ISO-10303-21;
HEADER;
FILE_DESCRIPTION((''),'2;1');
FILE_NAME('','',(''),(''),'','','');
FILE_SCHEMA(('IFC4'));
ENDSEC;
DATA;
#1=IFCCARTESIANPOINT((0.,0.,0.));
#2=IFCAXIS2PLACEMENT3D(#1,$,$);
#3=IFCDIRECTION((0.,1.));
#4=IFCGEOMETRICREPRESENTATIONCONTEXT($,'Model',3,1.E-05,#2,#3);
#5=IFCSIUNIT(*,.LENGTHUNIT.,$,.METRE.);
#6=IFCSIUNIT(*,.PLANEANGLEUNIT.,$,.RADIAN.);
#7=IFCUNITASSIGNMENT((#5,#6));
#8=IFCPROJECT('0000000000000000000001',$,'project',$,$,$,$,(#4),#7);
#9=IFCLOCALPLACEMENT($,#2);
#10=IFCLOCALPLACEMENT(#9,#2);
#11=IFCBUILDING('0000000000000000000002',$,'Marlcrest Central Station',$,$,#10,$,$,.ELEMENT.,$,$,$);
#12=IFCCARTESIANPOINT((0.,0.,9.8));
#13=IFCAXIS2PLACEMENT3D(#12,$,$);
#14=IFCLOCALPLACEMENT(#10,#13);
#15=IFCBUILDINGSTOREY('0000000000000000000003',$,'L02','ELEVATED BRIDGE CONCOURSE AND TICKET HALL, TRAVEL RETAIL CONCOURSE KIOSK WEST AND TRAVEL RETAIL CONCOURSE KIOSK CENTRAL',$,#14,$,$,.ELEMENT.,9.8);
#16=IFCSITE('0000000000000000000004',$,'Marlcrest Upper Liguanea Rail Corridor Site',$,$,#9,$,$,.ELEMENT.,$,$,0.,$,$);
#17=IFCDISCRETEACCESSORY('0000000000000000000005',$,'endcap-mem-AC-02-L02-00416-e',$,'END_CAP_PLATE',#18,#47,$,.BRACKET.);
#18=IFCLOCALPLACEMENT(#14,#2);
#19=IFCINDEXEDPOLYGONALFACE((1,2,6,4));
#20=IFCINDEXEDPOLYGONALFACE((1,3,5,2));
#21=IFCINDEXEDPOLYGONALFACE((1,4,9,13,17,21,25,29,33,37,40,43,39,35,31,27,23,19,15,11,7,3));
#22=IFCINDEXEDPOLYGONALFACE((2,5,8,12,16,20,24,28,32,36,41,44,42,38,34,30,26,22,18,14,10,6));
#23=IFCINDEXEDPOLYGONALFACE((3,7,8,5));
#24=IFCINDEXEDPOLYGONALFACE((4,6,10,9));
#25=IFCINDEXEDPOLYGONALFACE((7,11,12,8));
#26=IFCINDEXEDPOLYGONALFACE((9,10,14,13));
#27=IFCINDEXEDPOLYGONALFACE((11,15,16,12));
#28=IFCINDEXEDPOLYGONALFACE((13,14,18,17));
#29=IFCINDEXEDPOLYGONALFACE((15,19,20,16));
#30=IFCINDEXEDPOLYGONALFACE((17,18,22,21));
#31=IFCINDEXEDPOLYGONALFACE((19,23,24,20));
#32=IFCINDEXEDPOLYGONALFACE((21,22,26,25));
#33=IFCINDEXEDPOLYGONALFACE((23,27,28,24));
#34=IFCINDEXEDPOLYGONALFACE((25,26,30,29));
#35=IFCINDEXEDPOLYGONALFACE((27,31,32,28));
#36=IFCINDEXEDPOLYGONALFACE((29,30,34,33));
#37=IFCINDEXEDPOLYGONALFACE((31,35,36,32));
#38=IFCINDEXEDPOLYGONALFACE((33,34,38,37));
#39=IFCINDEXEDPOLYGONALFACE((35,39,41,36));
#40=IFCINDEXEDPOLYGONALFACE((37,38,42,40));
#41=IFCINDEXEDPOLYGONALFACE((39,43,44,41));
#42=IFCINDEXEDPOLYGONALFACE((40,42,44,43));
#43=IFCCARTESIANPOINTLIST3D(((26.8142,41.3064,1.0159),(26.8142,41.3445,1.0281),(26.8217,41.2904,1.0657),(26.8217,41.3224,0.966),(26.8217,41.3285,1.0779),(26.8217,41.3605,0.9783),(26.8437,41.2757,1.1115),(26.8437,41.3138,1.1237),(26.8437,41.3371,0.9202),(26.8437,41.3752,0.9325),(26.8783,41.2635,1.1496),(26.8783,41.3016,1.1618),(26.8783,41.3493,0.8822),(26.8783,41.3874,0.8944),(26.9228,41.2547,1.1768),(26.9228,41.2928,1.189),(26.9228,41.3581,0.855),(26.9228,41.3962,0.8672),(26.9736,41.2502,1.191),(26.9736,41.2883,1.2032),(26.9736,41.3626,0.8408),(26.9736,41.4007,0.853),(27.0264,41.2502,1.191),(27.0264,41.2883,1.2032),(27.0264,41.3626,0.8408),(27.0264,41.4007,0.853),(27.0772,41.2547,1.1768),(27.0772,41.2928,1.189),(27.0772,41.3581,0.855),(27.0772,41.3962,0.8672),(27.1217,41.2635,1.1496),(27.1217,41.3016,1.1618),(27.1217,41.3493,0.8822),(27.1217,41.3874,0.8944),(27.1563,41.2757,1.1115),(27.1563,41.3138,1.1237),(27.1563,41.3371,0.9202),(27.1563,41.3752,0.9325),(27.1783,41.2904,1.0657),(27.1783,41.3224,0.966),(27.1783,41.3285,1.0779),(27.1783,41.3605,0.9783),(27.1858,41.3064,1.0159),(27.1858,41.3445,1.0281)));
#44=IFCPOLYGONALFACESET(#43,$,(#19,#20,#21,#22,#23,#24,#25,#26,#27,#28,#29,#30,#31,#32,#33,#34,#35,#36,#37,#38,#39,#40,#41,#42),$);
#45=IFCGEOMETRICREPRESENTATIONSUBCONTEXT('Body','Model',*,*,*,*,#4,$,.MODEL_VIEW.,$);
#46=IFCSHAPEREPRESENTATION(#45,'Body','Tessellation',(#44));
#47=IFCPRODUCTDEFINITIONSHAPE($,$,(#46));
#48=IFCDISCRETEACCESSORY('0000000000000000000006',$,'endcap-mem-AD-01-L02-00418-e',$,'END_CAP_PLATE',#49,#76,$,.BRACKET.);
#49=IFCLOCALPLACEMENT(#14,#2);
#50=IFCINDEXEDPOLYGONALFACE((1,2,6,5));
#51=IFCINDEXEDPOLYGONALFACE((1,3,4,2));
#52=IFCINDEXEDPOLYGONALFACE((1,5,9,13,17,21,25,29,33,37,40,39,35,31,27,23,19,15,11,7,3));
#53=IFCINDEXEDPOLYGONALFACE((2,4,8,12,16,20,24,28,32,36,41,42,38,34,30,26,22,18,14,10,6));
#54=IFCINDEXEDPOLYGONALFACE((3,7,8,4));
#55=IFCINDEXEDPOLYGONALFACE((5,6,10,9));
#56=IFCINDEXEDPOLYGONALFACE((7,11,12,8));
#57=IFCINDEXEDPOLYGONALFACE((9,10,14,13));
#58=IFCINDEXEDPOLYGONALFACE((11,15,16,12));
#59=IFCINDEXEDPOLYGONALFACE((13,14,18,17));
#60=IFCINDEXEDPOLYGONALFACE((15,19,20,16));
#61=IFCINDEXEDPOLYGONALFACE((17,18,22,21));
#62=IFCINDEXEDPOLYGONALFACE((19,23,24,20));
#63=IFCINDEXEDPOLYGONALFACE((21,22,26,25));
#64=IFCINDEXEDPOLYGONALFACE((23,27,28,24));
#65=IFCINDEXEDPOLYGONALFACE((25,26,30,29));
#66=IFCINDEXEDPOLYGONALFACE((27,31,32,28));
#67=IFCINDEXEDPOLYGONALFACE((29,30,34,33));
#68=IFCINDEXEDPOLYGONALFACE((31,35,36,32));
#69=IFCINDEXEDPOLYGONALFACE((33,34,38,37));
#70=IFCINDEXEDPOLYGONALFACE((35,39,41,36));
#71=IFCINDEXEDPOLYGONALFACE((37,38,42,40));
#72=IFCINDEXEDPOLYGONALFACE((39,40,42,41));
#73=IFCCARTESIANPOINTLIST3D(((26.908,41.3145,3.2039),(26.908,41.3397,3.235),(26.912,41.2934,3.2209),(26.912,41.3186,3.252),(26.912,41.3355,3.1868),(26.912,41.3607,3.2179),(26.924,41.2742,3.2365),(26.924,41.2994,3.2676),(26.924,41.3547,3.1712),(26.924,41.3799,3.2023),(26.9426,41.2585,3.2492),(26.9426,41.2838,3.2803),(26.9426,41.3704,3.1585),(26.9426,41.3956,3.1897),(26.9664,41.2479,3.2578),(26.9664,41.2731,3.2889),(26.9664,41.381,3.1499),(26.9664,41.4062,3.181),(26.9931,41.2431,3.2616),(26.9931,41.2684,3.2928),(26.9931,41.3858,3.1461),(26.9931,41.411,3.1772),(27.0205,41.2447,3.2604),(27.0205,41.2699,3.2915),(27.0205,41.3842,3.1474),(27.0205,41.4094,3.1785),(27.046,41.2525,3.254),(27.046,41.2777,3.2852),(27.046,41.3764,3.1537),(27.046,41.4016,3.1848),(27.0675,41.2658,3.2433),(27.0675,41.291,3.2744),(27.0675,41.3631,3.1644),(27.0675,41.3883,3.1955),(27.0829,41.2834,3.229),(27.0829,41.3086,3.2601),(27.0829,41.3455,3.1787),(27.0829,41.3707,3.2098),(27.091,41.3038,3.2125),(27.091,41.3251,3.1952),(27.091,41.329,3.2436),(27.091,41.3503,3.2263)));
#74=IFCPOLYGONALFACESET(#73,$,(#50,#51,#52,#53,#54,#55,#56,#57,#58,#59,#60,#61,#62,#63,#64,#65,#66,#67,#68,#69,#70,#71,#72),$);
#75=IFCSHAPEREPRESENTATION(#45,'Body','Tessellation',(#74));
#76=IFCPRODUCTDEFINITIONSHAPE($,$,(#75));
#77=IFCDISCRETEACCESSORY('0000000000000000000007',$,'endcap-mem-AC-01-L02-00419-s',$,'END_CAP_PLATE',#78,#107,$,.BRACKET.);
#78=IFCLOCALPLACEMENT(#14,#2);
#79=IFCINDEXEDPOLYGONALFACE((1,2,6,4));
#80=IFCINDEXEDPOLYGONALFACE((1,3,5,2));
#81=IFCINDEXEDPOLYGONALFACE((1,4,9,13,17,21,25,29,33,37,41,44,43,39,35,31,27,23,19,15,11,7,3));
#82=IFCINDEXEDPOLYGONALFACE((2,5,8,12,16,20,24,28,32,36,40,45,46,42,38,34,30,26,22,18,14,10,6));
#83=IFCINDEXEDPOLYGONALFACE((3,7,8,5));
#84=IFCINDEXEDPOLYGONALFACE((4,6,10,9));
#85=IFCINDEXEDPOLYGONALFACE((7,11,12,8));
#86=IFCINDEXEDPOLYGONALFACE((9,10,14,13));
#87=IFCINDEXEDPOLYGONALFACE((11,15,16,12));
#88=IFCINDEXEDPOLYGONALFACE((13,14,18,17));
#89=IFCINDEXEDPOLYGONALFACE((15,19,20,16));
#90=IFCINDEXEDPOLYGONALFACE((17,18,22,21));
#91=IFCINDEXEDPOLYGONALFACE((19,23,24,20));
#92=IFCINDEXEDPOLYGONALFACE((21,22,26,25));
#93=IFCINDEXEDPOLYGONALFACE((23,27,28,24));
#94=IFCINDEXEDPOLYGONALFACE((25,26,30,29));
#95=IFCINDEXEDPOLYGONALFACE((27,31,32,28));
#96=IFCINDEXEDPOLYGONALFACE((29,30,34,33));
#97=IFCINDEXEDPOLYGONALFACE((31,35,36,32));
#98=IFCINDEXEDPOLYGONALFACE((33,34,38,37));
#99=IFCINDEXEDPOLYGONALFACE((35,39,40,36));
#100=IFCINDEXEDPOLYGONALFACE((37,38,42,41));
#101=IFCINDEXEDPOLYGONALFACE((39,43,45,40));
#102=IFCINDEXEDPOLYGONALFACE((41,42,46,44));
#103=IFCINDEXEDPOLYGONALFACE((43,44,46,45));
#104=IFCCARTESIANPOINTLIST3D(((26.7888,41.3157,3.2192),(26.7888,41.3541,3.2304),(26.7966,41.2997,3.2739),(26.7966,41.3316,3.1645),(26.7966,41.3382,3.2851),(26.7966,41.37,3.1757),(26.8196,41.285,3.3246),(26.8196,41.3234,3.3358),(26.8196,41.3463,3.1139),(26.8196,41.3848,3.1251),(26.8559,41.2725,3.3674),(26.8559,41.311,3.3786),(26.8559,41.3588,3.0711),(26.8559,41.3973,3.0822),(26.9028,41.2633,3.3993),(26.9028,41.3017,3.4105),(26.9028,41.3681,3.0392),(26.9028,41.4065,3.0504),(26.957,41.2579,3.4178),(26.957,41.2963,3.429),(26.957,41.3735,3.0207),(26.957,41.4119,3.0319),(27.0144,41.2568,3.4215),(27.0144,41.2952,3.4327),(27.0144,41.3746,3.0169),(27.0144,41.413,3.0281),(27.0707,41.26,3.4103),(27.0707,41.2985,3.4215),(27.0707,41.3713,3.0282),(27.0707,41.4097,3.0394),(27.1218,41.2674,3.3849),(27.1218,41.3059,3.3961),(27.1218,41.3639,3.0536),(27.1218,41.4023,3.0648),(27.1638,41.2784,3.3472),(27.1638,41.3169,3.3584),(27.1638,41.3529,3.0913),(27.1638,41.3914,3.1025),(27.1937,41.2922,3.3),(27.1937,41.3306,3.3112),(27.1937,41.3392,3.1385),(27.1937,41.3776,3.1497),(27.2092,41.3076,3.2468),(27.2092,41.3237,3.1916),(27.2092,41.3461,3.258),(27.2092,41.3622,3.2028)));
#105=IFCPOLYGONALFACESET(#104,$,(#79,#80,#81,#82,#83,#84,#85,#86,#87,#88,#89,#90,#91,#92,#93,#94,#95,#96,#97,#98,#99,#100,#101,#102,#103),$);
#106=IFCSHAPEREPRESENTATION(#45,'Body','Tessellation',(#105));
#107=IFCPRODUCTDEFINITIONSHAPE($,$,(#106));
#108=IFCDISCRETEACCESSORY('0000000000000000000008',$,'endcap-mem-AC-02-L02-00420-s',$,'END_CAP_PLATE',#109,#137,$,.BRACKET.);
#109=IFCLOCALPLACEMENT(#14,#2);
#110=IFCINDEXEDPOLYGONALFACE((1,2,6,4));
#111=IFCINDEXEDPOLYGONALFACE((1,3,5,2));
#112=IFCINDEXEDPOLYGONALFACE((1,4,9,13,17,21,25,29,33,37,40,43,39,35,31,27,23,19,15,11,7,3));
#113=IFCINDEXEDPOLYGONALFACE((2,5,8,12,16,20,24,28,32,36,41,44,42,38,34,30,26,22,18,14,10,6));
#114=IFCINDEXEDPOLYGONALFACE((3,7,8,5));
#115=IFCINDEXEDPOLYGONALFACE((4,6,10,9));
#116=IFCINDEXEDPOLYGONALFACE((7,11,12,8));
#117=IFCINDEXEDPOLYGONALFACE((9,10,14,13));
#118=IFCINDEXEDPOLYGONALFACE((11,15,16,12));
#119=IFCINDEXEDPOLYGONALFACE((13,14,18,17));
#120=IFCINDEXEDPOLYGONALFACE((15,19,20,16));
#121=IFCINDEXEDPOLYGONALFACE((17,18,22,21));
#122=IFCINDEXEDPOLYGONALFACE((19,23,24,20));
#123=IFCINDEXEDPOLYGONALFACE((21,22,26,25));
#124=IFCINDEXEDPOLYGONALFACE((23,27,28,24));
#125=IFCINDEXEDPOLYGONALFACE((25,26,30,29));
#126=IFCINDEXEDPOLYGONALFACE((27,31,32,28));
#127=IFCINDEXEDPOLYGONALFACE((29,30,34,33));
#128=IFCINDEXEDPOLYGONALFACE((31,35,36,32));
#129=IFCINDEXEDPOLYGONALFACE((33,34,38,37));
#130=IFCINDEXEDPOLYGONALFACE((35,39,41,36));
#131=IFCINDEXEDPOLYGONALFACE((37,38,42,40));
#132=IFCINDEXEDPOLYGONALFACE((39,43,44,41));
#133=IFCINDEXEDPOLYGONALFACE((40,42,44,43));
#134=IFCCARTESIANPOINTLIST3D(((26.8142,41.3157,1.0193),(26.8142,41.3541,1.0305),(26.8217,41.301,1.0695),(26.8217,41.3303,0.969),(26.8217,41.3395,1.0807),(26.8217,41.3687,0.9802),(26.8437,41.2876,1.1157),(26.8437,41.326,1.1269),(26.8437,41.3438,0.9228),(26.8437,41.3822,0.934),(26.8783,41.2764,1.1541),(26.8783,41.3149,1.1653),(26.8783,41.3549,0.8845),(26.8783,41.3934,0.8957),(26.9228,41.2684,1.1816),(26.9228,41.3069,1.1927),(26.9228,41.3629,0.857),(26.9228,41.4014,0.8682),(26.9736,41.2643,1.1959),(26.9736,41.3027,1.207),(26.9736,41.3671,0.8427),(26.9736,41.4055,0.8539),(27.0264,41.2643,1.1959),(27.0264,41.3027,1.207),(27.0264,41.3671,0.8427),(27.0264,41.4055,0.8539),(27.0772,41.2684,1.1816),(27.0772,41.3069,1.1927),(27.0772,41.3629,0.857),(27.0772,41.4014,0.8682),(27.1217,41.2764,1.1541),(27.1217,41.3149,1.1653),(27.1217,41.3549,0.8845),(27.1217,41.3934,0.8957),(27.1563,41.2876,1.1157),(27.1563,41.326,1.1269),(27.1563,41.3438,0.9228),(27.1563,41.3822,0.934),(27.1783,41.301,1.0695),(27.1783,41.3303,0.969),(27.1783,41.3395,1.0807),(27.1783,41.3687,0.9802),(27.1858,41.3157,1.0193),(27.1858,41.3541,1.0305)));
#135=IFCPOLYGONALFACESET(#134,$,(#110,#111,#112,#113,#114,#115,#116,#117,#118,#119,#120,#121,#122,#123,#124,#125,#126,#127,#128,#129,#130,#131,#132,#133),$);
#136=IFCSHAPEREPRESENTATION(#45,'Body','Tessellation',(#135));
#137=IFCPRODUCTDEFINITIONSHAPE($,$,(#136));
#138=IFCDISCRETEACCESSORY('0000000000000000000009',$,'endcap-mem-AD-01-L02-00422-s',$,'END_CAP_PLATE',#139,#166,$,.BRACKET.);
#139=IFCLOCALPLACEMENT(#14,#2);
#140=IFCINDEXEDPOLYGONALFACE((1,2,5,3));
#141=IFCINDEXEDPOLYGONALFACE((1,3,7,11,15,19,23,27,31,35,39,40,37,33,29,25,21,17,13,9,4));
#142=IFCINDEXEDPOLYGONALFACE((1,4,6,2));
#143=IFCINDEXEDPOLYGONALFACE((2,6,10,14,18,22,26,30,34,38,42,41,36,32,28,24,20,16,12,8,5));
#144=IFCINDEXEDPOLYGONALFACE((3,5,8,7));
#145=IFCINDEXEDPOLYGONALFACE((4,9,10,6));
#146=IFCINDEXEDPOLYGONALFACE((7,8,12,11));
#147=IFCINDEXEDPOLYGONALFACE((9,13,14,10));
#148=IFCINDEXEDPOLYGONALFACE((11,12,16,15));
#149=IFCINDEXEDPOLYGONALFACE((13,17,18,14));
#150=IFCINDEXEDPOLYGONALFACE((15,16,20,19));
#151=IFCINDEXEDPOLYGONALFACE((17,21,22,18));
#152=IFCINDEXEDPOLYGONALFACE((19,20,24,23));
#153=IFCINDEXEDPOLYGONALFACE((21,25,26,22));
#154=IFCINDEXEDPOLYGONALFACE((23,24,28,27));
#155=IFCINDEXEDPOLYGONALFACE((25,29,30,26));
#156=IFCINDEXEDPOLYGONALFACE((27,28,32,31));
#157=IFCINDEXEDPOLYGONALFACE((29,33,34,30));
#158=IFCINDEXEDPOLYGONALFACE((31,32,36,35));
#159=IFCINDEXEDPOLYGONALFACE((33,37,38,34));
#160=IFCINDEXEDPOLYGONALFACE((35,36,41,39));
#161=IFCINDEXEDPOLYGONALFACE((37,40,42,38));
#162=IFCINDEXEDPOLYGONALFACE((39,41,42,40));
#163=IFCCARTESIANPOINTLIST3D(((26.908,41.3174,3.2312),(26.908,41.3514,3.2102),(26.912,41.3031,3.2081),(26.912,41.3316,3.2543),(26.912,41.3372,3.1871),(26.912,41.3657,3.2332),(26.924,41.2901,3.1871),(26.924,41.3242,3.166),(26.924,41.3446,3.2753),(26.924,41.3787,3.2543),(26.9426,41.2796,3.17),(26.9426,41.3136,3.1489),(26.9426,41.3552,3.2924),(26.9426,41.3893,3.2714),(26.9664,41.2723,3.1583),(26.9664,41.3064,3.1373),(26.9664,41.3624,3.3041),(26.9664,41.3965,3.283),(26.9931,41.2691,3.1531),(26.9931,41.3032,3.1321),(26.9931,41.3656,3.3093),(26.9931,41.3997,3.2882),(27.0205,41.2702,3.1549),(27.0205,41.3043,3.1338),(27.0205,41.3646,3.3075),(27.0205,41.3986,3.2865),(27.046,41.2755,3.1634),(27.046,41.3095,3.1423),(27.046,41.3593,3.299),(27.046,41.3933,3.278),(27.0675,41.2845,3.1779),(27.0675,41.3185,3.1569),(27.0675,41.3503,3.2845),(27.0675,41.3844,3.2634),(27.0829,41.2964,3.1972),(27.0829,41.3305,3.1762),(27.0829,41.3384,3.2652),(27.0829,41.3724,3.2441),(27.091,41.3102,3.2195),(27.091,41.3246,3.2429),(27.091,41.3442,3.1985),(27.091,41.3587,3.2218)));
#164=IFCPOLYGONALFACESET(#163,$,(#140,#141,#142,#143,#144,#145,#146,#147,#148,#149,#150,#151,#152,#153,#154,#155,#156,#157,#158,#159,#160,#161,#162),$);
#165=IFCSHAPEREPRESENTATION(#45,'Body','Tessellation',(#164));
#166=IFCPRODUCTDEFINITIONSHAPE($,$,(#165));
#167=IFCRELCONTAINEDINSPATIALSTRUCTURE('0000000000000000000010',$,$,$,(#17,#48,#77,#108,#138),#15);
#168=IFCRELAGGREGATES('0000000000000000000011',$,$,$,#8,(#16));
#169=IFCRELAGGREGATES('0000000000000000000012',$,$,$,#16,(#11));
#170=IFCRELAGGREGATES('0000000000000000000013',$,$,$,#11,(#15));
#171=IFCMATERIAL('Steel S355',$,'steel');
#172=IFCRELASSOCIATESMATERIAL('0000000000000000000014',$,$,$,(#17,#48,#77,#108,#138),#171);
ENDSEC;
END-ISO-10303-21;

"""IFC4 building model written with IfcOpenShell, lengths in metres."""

from ifc_helpers import new_model, si_unit, direction, frame, origin, origin_2d, place, context, subcontext, project, spatial, circle, extrude, material, element, save


model = new_model("IFC4")

# Units and contexts
model_context = context("Model", 3, precision=1e-05, world=origin(), true_north=direction((0.0, 1.0)))
body_context = subcontext(model_context, "Body", "Model", "MODEL_VIEW")
ifc_project = project(units=[si_unit("LENGTHUNIT", "METRE"), si_unit("PLANEANGLEUNIT", "RADIAN")], contexts=[model_context])

# Site, building, storey
site_placement = place(None, origin())
site = spatial("IfcSite", under=ifc_project, at=site_placement, Name="Marlcrest Upper Liguanea Rail Corridor Site", CompositionType="ELEMENT", RefElevation=0.0)
building_placement = place(site_placement, origin())
building = spatial("IfcBuilding", under=site, at=building_placement, Name="Marlcrest Central Station", CompositionType="ELEMENT")
storey_placement = place(building_placement, frame((0.0, 0.0, 9.8)))
storey = spatial("IfcBuildingStorey", under=building, at=storey_placement, Name="L02", Description="ELEVATED BRIDGE CONCOURSE AND TICKET HALL, TRAVEL RETAIL CONCOURSE KIOSK WEST AND TRAVEL RETAIL CONCOURSE KIOSK CENTRAL", CompositionType="ELEMENT", Elevation=9.8)

# Shared definitions
ifc_material_1 = material(Name="Steel S355", Category="steel")

# Discrete accessories
discrete_accessory_1_placement = place(storey_placement, frame((27.0, 41.3064, 1.0159), z_axis=(0.0, 0.952117, 0.305734), x_axis=(-1.0, 0.0, 0.0)))
element("IfcDiscreteAccessory", 1, at=discrete_accessory_1_placement, inside=storey, material=ifc_material_1, Name="endcap-mem-AC-02-L02-00416-e", ObjectType="END_CAP_PLATE", PredefinedType="BRACKET", context=body_context, shape_type="SweptSolid", body=[
    extrude(circle(Radius=0.1858, at=origin_2d()), origin(), (0.0, 0.0, 1.0), 0.04),
])
discrete_accessory_2_placement = place(storey_placement, frame((27.0, 41.3145, 3.2039), z_axis=(0.0, 0.629629, 0.776896), x_axis=(-1.0, 0.0, 0.0)))
element("IfcDiscreteAccessory", 2, at=discrete_accessory_2_placement, inside=storey, material=ifc_material_1, Name="endcap-mem-AD-01-L02-00418-e", ObjectType="END_CAP_PLATE", PredefinedType="BRACKET", context=body_context, shape_type="SweptSolid", body=[
    extrude(circle(Radius=0.092, at=origin_2d()), origin(), (0.0, 0.0, 1.0), 0.04),
])
discrete_accessory_3_placement = place(storey_placement, frame((27.0, 41.3157, 3.2192), z_axis=(0.0, 0.96013, 0.279554), x_axis=(-1.0, 0.0, 0.0)))
element("IfcDiscreteAccessory", 3, at=discrete_accessory_3_placement, inside=storey, material=ifc_material_1, Name="endcap-mem-AC-01-L02-00419-s", ObjectType="END_CAP_PLATE", PredefinedType="BRACKET", context=body_context, shape_type="SweptSolid", body=[
    extrude(circle(Radius=0.2112, at=origin_2d()), origin(), (0.0, 0.0, 1.0), 0.04),
])
discrete_accessory_4_placement = place(storey_placement, frame((27.0, 41.3157, 1.0193), z_axis=(0.0, 0.96013, 0.279554), x_axis=(-1.0, 0.0, 0.0)))
element("IfcDiscreteAccessory", 4, at=discrete_accessory_4_placement, inside=storey, material=ifc_material_1, Name="endcap-mem-AC-02-L02-00420-s", ObjectType="END_CAP_PLATE", PredefinedType="BRACKET", context=body_context, shape_type="SweptSolid", body=[
    extrude(circle(Radius=0.1858, at=origin_2d()), origin(), (0.0, 0.0, 1.0), 0.04),
])
discrete_accessory_5_placement = place(storey_placement, frame((27.0, 41.3174, 3.2312), z_axis=(0.0, 0.850687, -0.525672), x_axis=(-1.0, 0.0, 0.0)))
element("IfcDiscreteAccessory", 5, at=discrete_accessory_5_placement, inside=storey, material=ifc_material_1, Name="endcap-mem-AD-01-L02-00422-s", ObjectType="END_CAP_PLATE", PredefinedType="BRACKET", context=body_context, shape_type="SweptSolid", body=[
    extrude(circle(Radius=0.092, at=origin_2d()), origin(), (0.0, 0.0, 1.0), 0.04),
])

save(model, "model.ifc")
